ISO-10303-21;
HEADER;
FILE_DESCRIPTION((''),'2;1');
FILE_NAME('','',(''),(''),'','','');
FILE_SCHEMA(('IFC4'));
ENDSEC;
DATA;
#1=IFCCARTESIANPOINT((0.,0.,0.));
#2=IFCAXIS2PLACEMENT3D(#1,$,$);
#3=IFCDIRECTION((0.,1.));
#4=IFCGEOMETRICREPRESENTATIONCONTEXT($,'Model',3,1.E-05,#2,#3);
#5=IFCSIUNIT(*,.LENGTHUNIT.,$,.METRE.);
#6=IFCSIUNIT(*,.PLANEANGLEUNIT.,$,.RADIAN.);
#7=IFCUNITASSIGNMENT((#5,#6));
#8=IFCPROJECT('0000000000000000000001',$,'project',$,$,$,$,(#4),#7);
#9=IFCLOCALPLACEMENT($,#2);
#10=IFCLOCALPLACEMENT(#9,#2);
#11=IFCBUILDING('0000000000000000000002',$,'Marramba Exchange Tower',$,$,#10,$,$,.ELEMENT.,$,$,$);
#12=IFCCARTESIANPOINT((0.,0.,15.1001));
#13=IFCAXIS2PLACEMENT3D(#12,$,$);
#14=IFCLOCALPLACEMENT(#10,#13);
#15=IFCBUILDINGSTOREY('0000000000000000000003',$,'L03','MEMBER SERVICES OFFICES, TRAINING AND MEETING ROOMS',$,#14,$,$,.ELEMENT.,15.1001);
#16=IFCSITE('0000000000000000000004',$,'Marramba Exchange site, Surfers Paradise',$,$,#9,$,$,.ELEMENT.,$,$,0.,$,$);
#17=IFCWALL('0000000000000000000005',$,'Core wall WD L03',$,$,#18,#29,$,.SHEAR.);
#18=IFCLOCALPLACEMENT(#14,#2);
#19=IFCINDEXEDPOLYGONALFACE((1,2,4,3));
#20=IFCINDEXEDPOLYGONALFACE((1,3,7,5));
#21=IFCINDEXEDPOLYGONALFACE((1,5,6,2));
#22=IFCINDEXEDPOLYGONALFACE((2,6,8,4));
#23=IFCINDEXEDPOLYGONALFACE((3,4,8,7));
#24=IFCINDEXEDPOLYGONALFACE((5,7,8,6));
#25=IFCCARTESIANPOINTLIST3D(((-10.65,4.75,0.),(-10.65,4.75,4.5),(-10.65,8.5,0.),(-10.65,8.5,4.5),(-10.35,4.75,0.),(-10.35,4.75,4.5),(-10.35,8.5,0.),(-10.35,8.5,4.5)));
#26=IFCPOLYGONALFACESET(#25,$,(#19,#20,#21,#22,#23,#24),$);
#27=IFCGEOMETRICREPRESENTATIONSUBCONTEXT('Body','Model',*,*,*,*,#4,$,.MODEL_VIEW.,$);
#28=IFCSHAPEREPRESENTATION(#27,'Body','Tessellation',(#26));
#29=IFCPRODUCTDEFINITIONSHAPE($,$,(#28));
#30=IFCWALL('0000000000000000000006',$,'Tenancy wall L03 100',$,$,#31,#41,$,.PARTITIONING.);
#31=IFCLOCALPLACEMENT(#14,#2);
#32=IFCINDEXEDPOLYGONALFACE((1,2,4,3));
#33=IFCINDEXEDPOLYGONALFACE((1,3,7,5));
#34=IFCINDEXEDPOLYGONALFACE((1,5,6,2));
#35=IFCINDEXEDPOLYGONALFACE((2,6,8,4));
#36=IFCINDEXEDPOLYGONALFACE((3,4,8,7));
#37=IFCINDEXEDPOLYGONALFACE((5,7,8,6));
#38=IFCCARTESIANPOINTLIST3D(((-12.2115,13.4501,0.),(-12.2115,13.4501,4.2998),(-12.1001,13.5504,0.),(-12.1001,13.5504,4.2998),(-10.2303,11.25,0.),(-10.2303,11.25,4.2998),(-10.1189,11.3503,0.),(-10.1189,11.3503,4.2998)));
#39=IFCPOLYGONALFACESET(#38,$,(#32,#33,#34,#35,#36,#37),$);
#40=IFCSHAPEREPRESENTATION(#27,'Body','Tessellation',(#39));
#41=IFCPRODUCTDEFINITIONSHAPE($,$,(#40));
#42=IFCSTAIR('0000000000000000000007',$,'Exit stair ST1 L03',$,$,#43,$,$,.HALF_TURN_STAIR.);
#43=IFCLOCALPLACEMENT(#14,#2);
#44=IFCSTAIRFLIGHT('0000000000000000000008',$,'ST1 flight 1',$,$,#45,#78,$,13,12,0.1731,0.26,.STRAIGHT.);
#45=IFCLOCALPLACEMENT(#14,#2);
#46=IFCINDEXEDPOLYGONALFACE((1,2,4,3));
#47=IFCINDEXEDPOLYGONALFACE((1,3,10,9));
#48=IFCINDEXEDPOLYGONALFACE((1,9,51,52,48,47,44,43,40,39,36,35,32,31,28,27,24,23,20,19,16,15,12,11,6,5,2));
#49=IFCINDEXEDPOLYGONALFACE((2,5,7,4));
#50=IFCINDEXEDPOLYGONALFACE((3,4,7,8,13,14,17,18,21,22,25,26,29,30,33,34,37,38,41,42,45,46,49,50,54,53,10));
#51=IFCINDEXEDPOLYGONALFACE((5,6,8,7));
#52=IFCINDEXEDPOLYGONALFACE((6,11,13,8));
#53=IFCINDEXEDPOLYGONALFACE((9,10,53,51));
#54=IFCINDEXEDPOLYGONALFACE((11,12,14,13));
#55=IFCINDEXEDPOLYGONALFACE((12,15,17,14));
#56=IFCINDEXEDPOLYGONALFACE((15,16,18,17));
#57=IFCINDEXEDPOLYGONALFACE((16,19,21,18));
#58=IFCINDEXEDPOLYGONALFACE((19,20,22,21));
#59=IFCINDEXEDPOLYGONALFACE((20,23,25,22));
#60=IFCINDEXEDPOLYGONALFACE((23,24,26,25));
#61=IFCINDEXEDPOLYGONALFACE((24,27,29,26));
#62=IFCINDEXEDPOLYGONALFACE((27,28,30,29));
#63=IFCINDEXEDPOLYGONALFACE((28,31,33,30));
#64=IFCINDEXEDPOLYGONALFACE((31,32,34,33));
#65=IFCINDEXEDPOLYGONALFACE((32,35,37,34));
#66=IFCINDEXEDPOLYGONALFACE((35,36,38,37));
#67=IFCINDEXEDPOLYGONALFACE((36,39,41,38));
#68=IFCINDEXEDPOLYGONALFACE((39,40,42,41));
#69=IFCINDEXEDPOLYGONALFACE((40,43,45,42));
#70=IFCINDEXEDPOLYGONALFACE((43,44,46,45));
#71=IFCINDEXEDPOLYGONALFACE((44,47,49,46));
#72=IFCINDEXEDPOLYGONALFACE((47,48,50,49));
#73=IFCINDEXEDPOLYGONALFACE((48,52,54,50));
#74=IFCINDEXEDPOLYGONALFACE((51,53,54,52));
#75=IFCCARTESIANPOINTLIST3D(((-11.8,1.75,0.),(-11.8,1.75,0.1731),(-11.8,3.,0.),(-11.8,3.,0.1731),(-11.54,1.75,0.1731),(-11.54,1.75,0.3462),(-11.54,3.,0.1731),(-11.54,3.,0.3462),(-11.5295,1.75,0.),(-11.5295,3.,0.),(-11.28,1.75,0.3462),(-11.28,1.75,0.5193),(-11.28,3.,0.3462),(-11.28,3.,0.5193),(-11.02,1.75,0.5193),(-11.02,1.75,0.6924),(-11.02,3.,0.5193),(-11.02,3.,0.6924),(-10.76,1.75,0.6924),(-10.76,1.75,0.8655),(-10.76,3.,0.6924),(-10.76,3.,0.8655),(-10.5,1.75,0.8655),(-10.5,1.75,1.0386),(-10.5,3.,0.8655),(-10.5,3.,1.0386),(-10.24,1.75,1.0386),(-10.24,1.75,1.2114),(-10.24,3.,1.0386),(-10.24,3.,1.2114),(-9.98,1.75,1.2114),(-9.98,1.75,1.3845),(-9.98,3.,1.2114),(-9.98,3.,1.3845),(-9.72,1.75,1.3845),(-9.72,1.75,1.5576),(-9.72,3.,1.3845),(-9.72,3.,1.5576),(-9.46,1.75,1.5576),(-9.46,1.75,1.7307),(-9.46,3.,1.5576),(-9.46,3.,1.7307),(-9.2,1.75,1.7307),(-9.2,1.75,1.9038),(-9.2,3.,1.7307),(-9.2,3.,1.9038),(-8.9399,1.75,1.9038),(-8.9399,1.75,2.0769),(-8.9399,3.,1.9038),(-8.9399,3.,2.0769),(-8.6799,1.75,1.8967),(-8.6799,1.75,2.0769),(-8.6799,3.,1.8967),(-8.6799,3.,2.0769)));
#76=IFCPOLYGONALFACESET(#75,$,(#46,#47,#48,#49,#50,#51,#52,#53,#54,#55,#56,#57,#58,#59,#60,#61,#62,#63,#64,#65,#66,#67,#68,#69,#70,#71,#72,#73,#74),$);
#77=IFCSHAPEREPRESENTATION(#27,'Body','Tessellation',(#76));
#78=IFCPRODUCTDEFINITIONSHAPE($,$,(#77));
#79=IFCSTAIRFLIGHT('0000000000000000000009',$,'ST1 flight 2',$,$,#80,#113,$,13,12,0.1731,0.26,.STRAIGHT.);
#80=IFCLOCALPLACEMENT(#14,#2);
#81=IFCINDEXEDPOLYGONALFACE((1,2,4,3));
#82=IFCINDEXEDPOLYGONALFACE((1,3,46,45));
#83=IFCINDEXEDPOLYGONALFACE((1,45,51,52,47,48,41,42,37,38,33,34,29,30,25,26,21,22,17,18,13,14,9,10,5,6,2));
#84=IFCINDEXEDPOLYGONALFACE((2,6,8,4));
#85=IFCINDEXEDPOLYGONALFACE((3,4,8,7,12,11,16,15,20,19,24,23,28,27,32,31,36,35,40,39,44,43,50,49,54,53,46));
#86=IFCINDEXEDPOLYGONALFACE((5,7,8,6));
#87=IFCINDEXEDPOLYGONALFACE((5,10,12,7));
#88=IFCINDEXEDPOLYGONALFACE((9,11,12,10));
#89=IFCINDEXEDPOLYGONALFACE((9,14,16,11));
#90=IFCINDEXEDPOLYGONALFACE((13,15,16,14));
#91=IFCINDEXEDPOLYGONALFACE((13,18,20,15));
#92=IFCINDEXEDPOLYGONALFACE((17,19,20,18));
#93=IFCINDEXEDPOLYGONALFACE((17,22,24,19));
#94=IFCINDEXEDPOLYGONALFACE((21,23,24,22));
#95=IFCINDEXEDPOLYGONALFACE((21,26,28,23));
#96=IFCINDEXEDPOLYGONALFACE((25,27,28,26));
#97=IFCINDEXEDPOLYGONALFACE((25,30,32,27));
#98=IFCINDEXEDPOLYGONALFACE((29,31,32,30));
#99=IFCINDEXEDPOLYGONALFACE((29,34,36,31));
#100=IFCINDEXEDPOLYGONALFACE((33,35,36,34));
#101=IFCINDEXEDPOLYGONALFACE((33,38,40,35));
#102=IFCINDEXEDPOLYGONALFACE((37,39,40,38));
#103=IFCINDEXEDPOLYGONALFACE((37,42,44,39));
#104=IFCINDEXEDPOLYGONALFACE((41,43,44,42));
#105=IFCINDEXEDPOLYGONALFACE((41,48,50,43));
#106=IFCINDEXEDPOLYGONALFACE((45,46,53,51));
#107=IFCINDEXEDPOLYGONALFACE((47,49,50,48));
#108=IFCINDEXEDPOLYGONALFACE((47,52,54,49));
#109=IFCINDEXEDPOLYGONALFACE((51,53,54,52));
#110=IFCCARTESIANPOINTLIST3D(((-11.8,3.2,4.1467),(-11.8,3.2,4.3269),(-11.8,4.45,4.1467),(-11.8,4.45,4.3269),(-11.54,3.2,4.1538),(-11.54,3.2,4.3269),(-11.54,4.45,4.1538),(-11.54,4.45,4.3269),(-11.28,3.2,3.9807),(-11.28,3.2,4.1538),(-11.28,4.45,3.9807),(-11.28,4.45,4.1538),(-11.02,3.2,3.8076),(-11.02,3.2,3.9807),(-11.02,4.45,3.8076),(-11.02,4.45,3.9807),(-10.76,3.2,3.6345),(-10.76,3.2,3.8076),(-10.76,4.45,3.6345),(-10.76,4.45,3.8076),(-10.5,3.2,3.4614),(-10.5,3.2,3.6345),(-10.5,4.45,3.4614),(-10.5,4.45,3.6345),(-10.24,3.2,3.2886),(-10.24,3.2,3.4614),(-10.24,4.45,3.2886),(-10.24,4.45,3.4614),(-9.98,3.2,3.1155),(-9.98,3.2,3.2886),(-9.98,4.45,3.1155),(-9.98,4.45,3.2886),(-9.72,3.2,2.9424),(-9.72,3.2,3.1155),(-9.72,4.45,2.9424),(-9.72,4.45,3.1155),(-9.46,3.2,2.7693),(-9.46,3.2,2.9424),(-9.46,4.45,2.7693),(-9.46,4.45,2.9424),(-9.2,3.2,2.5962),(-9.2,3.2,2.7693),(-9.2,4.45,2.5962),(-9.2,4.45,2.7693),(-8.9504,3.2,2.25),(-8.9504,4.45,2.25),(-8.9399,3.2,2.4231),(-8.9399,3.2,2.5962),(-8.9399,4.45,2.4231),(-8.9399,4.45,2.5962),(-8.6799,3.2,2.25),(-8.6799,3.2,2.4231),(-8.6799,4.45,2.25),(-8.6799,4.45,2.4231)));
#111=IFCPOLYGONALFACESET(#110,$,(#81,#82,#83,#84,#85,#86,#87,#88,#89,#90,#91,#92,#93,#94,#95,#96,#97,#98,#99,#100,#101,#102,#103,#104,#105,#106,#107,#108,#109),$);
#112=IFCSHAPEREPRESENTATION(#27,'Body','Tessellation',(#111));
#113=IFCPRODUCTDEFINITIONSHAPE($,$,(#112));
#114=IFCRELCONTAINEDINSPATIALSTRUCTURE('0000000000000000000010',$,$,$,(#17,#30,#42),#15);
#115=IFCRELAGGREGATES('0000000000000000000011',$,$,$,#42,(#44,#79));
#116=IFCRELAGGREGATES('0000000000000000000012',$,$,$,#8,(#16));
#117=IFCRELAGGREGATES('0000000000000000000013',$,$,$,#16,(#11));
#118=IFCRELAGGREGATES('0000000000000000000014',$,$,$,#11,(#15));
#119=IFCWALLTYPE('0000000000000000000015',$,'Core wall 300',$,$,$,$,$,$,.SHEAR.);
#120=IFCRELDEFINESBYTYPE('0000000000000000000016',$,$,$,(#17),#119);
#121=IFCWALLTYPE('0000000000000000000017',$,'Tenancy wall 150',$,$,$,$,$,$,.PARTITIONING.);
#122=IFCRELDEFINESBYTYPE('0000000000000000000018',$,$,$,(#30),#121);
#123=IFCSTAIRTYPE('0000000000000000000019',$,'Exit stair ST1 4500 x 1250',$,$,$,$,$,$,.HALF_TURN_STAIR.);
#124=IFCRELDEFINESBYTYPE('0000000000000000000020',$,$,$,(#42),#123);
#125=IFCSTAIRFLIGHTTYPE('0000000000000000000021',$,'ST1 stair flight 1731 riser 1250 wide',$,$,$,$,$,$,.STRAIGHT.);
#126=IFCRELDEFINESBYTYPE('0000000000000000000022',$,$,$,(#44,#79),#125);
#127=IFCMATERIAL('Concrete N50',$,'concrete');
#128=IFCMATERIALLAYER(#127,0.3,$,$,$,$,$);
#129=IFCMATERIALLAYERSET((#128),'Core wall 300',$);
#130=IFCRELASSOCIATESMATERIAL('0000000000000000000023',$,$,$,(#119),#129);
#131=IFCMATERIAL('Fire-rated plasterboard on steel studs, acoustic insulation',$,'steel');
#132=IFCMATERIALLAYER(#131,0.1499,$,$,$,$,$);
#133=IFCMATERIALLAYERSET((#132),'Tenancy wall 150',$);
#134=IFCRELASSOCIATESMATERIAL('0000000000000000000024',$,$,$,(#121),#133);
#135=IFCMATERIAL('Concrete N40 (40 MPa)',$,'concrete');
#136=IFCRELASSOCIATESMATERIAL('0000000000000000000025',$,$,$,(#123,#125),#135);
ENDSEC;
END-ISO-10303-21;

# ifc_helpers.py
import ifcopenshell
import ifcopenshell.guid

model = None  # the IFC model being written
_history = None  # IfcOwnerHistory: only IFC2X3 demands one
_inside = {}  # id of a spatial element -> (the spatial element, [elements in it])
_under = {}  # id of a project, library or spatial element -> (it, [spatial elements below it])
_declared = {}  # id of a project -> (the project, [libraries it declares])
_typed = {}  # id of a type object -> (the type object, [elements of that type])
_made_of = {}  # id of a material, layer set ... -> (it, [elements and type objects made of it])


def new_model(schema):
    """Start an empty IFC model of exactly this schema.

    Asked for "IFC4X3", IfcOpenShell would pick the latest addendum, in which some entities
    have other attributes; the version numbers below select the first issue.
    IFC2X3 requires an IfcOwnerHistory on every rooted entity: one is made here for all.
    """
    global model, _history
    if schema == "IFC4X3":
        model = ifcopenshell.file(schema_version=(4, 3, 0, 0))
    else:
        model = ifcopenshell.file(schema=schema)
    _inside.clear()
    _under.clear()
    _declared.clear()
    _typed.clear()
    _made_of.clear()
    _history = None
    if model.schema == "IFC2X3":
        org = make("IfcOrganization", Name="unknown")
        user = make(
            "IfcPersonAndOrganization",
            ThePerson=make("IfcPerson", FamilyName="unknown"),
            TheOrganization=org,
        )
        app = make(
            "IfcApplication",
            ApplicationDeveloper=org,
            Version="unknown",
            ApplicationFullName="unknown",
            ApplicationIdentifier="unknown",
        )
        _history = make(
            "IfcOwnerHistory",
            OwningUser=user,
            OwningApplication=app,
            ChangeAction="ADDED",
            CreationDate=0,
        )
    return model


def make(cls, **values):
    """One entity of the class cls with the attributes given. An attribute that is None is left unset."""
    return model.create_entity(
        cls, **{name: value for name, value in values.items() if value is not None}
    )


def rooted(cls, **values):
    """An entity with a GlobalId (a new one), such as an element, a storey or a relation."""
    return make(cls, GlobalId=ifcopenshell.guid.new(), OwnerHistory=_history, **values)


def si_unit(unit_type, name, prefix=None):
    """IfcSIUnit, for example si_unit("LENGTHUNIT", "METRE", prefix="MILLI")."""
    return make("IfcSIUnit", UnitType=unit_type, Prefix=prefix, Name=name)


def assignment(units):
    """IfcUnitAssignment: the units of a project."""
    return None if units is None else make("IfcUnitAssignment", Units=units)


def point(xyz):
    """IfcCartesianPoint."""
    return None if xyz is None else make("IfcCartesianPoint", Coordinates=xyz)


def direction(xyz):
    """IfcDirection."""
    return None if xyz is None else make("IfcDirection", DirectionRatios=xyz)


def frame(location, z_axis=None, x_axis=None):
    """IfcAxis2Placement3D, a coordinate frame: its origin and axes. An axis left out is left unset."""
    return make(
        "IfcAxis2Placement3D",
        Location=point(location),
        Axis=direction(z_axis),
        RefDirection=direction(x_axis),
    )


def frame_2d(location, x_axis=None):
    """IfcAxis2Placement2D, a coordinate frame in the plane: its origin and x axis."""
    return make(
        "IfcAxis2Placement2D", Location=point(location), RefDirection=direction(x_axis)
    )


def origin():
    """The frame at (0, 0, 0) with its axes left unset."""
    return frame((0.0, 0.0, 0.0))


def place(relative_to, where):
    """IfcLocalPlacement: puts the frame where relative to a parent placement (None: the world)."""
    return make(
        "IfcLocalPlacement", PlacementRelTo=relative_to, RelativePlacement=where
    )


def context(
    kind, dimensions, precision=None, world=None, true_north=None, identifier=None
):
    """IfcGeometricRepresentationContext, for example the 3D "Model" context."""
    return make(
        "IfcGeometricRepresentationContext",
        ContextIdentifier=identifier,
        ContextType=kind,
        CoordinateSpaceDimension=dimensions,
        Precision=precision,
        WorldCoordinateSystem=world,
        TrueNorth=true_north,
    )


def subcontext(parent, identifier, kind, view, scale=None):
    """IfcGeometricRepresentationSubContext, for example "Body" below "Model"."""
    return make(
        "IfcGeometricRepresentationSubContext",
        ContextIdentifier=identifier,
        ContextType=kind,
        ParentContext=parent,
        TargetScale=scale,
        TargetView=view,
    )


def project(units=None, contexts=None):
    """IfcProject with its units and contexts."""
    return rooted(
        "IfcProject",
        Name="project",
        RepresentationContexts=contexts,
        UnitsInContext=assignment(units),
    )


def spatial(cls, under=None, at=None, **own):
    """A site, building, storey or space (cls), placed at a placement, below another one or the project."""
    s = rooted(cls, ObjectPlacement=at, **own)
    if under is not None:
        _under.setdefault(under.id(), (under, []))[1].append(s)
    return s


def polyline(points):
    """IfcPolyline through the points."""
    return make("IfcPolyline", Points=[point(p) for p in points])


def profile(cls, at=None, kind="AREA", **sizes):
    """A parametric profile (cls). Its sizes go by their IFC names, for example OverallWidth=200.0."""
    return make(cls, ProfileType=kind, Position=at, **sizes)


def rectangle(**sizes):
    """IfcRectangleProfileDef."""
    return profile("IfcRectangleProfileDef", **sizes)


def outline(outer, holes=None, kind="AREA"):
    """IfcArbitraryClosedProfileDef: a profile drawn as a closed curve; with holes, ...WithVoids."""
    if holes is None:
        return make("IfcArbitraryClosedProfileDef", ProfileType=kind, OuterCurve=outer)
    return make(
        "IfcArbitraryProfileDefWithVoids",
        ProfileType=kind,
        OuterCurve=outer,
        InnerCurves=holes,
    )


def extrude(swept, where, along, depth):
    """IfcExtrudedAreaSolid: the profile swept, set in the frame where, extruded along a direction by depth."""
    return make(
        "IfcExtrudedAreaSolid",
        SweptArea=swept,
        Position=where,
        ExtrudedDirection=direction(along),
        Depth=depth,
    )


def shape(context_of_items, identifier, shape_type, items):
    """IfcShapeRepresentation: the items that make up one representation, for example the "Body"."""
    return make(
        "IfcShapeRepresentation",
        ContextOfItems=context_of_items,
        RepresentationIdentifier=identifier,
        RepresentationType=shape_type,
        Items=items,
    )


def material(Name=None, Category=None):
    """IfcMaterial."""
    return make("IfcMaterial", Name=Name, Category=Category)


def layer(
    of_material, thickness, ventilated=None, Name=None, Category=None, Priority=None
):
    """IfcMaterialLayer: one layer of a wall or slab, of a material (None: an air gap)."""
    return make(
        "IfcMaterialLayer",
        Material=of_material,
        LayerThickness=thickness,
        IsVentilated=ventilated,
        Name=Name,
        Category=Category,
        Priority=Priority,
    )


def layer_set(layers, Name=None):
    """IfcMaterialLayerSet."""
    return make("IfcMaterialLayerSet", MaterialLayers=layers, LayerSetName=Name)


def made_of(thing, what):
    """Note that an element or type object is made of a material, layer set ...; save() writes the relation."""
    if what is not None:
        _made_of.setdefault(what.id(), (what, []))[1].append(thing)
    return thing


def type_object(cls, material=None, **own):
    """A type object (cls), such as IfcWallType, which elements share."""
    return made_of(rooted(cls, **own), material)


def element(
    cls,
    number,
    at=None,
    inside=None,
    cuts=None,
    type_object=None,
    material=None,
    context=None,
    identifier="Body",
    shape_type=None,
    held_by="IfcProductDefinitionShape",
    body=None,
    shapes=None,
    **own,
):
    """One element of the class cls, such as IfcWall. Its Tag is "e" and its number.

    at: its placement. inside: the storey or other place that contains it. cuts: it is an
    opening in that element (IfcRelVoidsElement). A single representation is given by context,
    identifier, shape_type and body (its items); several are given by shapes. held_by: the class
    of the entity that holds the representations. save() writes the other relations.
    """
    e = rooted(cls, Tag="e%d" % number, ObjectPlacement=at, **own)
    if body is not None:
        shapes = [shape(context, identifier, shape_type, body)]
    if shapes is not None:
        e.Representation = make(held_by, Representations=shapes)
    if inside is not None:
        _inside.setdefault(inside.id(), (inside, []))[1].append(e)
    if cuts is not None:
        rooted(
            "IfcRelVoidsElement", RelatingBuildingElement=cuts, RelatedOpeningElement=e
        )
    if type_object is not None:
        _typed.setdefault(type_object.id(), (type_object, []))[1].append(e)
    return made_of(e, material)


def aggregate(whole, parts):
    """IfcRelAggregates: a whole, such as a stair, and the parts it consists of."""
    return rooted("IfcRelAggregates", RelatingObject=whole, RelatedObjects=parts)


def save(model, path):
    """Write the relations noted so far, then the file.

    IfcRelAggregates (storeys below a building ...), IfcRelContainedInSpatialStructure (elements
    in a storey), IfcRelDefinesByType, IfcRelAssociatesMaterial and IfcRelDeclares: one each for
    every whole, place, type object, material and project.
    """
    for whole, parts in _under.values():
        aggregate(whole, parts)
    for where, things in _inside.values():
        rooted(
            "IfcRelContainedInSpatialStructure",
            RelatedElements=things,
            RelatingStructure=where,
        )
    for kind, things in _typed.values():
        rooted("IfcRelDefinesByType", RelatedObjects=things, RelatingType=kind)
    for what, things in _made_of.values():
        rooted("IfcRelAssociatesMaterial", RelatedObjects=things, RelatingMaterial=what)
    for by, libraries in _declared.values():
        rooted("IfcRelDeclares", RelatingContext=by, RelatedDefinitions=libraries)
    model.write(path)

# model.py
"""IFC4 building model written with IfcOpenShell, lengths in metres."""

from ifc_helpers import new_model, si_unit, direction, frame, frame_2d, origin, place, context, subcontext, project, spatial, polyline, rectangle, outline, extrude, material, layer, layer_set, type_object, element, aggregate, save


model = new_model("IFC4")

# Units and contexts
model_context = context("Model", 3, precision=1e-05, world=origin(), true_north=direction((0.0, 1.0)))
body_context = subcontext(model_context, "Body", "Model", "MODEL_VIEW")
ifc_project = project(units=[si_unit("LENGTHUNIT", "METRE"), si_unit("PLANEANGLEUNIT", "RADIAN")], contexts=[model_context])

# Site, building, storey
site_placement = place(None, origin())
site = spatial("IfcSite", under=ifc_project, at=site_placement, Name="Marramba Exchange site, Surfers Paradise", CompositionType="ELEMENT", RefElevation=0.0)
building_placement = place(site_placement, origin())
building = spatial("IfcBuilding", under=site, at=building_placement, Name="Marramba Exchange Tower", CompositionType="ELEMENT")
storey_placement = place(building_placement, frame((0.0, 0.0, 15.1001)))
storey = spatial("IfcBuildingStorey", under=building, at=storey_placement, Name="L03", Description="MEMBER SERVICES OFFICES, TRAINING AND MEETING ROOMS", CompositionType="ELEMENT", Elevation=15.1001)

# Shared definitions
ifc_material_1 = material(Name="Concrete N50", Category="concrete")

# Shared definitions
ifc_layer_1 = layer(ifc_material_1, 0.3)
ifc_layer_set_1 = layer_set([ifc_layer_1], Name="Core wall 300")
wall_type_1 = type_object("IfcWallType", Name="Core wall 300", PredefinedType="SHEAR", material=ifc_layer_set_1)

# Walls
for number, where, z_axis, x_axis, name in (
    (1, (-10.5, 4.75, 0.0), (0.0, 0.0, 1.0), (0.0, 1.0, 0.0), "Core wall WD L03"),
):
    element("IfcWall", number, at=place(storey_placement, frame(where, z_axis=z_axis, x_axis=x_axis)), inside=storey, type_object=wall_type_1, Name=name, PredefinedType="SHEAR", context=body_context, shape_type="SweptSolid", body=[
        extrude(rectangle(XDim=3.75, YDim=0.3, at=frame_2d((1.875, 0.0))), origin(), (0.0, 0.0, 1.0), 4.5),
    ])
ifc_material_2 = material(Name="Fire-rated plasterboard on steel studs, acoustic insulation", Category="steel")
ifc_layer_2 = layer(ifc_material_2, 0.1499)
ifc_layer_set_2 = layer_set([ifc_layer_2], Name="Tenancy wall 150")
wall_type_2 = type_object("IfcWallType", Name="Tenancy wall 150", PredefinedType="PARTITIONING", material=ifc_layer_set_2)
wall_1_placement = place(storey_placement, frame((-10.1746, 11.3, 0.0), z_axis=(0.0, 0.0, 1.0), x_axis=(-0.669156, 0.743122, 0.0)))
element("IfcWall", 2, at=wall_1_placement, inside=storey, type_object=wall_type_2, Name="Tenancy wall L03 100", PredefinedType="PARTITIONING", context=body_context, shape_type="SweptSolid", body=[
    extrude(rectangle(XDim=2.9607, YDim=0.1499, at=frame_2d((1.4805, 0.0))), origin(), (0.0, 0.0, 1.0), 4.2998),
])

# Stair, stair flights
ifc_material_3 = material(Name="Concrete N40 (40 MPa)", Category="concrete")
stair_type = type_object("IfcStairType", Name="Exit stair ST1 4500 x 1250", PredefinedType="HALF_TURN_STAIR", material=ifc_material_3)
stair_placement = place(storey_placement, origin())
stair = element("IfcStair", 3, at=stair_placement, inside=storey, type_object=stair_type, Name="Exit stair ST1 L03", PredefinedType="HALF_TURN_STAIR")
stair_flight_type = type_object("IfcStairFlightType", Name="ST1 stair flight 1731 riser 1250 wide", PredefinedType="STRAIGHT", material=ifc_material_3)
stair_flight_1_placement = place(storey_placement, frame((-11.8, 2.375, 0.0), z_axis=(0.0, 0.0, 1.0), x_axis=(1.0, 0.0, 0.0)))
stair_flight_1 = element("IfcStairFlight", 4, at=stair_flight_1_placement, type_object=stair_flight_type, Name="ST1 flight 1", NumberOfRisers=13, NumberOfTreads=12, PredefinedType="STRAIGHT", RiserHeight=0.1731, TreadLength=0.26, context=body_context, shape_type="SweptSolid", body=[
    extrude(outline(polyline([(0.0, 0.0), (0.0, 0.1731), (0.26, 0.1731), (0.26, 0.3462), (0.52, 0.3462), (0.52, 0.5193), (0.78, 0.5193), (0.78, 0.6924), (1.04, 0.6924), (1.04, 0.8655), (1.3, 0.8655), (1.3, 1.0386), (1.5601, 1.0386), (1.5601, 1.2114), (1.8201, 1.2114), (1.8201, 1.3845), (2.0801, 1.3845), (2.0801, 1.5576), (2.3401, 1.5576), (2.3401, 1.7307), (2.6001, 1.7307), (2.6001, 1.9038), (2.8601, 1.9038), (2.8601, 2.0769), (3.1201, 2.0769), (3.1201, 2.25), (3.1201, 1.8967), (0.2705, 0.0), (0.0, 0.0)])), frame((0.0, 0.625, 0.0), z_axis=(0.0, -1.0, 0.0), x_axis=(1.0, 0.0, 0.0)), (0.0, 0.0, 1.0), 1.25),
])
stair_flight_2_placement = place(storey_placement, frame((-8.6799, 3.825, 2.25), z_axis=(0.0, 0.0, 1.0), x_axis=(-1.0, 0.0, 0.0)))
stair_flight_2 = element("IfcStairFlight", 5, at=stair_flight_2_placement, type_object=stair_flight_type, Name="ST1 flight 2", NumberOfRisers=13, NumberOfTreads=12, PredefinedType="STRAIGHT", RiserHeight=0.1731, TreadLength=0.26, context=body_context, shape_type="SweptSolid", body=[
    extrude(outline(polyline([(0.0, 0.0), (0.0, 0.1731), (0.26, 0.1731), (0.26, 0.3462), (0.52, 0.3462), (0.52, 0.5193), (0.78, 0.5193), (0.78, 0.6924), (1.04, 0.6924), (1.04, 0.8655), (1.3, 0.8655), (1.3, 1.0386), (1.5601, 1.0386), (1.5601, 1.2114), (1.8201, 1.2114), (1.8201, 1.3845), (2.0801, 1.3845), (2.0801, 1.5576), (2.3401, 1.5576), (2.3401, 1.7307), (2.6001, 1.7307), (2.6001, 1.9038), (2.8601, 1.9038), (2.8601, 2.0769), (3.1201, 2.0769), (3.1201, 2.25), (3.1201, 1.8967), (0.2705, 0.0), (0.0, 0.0)])), frame((0.0, 0.625, 0.0), z_axis=(0.0, -1.0, 0.0), x_axis=(1.0, 0.0, 0.0)), (0.0, 0.0, 1.0), 1.25),
])
aggregate(stair, [stair_flight_1, stair_flight_2])

save(model, "model.ifc")
